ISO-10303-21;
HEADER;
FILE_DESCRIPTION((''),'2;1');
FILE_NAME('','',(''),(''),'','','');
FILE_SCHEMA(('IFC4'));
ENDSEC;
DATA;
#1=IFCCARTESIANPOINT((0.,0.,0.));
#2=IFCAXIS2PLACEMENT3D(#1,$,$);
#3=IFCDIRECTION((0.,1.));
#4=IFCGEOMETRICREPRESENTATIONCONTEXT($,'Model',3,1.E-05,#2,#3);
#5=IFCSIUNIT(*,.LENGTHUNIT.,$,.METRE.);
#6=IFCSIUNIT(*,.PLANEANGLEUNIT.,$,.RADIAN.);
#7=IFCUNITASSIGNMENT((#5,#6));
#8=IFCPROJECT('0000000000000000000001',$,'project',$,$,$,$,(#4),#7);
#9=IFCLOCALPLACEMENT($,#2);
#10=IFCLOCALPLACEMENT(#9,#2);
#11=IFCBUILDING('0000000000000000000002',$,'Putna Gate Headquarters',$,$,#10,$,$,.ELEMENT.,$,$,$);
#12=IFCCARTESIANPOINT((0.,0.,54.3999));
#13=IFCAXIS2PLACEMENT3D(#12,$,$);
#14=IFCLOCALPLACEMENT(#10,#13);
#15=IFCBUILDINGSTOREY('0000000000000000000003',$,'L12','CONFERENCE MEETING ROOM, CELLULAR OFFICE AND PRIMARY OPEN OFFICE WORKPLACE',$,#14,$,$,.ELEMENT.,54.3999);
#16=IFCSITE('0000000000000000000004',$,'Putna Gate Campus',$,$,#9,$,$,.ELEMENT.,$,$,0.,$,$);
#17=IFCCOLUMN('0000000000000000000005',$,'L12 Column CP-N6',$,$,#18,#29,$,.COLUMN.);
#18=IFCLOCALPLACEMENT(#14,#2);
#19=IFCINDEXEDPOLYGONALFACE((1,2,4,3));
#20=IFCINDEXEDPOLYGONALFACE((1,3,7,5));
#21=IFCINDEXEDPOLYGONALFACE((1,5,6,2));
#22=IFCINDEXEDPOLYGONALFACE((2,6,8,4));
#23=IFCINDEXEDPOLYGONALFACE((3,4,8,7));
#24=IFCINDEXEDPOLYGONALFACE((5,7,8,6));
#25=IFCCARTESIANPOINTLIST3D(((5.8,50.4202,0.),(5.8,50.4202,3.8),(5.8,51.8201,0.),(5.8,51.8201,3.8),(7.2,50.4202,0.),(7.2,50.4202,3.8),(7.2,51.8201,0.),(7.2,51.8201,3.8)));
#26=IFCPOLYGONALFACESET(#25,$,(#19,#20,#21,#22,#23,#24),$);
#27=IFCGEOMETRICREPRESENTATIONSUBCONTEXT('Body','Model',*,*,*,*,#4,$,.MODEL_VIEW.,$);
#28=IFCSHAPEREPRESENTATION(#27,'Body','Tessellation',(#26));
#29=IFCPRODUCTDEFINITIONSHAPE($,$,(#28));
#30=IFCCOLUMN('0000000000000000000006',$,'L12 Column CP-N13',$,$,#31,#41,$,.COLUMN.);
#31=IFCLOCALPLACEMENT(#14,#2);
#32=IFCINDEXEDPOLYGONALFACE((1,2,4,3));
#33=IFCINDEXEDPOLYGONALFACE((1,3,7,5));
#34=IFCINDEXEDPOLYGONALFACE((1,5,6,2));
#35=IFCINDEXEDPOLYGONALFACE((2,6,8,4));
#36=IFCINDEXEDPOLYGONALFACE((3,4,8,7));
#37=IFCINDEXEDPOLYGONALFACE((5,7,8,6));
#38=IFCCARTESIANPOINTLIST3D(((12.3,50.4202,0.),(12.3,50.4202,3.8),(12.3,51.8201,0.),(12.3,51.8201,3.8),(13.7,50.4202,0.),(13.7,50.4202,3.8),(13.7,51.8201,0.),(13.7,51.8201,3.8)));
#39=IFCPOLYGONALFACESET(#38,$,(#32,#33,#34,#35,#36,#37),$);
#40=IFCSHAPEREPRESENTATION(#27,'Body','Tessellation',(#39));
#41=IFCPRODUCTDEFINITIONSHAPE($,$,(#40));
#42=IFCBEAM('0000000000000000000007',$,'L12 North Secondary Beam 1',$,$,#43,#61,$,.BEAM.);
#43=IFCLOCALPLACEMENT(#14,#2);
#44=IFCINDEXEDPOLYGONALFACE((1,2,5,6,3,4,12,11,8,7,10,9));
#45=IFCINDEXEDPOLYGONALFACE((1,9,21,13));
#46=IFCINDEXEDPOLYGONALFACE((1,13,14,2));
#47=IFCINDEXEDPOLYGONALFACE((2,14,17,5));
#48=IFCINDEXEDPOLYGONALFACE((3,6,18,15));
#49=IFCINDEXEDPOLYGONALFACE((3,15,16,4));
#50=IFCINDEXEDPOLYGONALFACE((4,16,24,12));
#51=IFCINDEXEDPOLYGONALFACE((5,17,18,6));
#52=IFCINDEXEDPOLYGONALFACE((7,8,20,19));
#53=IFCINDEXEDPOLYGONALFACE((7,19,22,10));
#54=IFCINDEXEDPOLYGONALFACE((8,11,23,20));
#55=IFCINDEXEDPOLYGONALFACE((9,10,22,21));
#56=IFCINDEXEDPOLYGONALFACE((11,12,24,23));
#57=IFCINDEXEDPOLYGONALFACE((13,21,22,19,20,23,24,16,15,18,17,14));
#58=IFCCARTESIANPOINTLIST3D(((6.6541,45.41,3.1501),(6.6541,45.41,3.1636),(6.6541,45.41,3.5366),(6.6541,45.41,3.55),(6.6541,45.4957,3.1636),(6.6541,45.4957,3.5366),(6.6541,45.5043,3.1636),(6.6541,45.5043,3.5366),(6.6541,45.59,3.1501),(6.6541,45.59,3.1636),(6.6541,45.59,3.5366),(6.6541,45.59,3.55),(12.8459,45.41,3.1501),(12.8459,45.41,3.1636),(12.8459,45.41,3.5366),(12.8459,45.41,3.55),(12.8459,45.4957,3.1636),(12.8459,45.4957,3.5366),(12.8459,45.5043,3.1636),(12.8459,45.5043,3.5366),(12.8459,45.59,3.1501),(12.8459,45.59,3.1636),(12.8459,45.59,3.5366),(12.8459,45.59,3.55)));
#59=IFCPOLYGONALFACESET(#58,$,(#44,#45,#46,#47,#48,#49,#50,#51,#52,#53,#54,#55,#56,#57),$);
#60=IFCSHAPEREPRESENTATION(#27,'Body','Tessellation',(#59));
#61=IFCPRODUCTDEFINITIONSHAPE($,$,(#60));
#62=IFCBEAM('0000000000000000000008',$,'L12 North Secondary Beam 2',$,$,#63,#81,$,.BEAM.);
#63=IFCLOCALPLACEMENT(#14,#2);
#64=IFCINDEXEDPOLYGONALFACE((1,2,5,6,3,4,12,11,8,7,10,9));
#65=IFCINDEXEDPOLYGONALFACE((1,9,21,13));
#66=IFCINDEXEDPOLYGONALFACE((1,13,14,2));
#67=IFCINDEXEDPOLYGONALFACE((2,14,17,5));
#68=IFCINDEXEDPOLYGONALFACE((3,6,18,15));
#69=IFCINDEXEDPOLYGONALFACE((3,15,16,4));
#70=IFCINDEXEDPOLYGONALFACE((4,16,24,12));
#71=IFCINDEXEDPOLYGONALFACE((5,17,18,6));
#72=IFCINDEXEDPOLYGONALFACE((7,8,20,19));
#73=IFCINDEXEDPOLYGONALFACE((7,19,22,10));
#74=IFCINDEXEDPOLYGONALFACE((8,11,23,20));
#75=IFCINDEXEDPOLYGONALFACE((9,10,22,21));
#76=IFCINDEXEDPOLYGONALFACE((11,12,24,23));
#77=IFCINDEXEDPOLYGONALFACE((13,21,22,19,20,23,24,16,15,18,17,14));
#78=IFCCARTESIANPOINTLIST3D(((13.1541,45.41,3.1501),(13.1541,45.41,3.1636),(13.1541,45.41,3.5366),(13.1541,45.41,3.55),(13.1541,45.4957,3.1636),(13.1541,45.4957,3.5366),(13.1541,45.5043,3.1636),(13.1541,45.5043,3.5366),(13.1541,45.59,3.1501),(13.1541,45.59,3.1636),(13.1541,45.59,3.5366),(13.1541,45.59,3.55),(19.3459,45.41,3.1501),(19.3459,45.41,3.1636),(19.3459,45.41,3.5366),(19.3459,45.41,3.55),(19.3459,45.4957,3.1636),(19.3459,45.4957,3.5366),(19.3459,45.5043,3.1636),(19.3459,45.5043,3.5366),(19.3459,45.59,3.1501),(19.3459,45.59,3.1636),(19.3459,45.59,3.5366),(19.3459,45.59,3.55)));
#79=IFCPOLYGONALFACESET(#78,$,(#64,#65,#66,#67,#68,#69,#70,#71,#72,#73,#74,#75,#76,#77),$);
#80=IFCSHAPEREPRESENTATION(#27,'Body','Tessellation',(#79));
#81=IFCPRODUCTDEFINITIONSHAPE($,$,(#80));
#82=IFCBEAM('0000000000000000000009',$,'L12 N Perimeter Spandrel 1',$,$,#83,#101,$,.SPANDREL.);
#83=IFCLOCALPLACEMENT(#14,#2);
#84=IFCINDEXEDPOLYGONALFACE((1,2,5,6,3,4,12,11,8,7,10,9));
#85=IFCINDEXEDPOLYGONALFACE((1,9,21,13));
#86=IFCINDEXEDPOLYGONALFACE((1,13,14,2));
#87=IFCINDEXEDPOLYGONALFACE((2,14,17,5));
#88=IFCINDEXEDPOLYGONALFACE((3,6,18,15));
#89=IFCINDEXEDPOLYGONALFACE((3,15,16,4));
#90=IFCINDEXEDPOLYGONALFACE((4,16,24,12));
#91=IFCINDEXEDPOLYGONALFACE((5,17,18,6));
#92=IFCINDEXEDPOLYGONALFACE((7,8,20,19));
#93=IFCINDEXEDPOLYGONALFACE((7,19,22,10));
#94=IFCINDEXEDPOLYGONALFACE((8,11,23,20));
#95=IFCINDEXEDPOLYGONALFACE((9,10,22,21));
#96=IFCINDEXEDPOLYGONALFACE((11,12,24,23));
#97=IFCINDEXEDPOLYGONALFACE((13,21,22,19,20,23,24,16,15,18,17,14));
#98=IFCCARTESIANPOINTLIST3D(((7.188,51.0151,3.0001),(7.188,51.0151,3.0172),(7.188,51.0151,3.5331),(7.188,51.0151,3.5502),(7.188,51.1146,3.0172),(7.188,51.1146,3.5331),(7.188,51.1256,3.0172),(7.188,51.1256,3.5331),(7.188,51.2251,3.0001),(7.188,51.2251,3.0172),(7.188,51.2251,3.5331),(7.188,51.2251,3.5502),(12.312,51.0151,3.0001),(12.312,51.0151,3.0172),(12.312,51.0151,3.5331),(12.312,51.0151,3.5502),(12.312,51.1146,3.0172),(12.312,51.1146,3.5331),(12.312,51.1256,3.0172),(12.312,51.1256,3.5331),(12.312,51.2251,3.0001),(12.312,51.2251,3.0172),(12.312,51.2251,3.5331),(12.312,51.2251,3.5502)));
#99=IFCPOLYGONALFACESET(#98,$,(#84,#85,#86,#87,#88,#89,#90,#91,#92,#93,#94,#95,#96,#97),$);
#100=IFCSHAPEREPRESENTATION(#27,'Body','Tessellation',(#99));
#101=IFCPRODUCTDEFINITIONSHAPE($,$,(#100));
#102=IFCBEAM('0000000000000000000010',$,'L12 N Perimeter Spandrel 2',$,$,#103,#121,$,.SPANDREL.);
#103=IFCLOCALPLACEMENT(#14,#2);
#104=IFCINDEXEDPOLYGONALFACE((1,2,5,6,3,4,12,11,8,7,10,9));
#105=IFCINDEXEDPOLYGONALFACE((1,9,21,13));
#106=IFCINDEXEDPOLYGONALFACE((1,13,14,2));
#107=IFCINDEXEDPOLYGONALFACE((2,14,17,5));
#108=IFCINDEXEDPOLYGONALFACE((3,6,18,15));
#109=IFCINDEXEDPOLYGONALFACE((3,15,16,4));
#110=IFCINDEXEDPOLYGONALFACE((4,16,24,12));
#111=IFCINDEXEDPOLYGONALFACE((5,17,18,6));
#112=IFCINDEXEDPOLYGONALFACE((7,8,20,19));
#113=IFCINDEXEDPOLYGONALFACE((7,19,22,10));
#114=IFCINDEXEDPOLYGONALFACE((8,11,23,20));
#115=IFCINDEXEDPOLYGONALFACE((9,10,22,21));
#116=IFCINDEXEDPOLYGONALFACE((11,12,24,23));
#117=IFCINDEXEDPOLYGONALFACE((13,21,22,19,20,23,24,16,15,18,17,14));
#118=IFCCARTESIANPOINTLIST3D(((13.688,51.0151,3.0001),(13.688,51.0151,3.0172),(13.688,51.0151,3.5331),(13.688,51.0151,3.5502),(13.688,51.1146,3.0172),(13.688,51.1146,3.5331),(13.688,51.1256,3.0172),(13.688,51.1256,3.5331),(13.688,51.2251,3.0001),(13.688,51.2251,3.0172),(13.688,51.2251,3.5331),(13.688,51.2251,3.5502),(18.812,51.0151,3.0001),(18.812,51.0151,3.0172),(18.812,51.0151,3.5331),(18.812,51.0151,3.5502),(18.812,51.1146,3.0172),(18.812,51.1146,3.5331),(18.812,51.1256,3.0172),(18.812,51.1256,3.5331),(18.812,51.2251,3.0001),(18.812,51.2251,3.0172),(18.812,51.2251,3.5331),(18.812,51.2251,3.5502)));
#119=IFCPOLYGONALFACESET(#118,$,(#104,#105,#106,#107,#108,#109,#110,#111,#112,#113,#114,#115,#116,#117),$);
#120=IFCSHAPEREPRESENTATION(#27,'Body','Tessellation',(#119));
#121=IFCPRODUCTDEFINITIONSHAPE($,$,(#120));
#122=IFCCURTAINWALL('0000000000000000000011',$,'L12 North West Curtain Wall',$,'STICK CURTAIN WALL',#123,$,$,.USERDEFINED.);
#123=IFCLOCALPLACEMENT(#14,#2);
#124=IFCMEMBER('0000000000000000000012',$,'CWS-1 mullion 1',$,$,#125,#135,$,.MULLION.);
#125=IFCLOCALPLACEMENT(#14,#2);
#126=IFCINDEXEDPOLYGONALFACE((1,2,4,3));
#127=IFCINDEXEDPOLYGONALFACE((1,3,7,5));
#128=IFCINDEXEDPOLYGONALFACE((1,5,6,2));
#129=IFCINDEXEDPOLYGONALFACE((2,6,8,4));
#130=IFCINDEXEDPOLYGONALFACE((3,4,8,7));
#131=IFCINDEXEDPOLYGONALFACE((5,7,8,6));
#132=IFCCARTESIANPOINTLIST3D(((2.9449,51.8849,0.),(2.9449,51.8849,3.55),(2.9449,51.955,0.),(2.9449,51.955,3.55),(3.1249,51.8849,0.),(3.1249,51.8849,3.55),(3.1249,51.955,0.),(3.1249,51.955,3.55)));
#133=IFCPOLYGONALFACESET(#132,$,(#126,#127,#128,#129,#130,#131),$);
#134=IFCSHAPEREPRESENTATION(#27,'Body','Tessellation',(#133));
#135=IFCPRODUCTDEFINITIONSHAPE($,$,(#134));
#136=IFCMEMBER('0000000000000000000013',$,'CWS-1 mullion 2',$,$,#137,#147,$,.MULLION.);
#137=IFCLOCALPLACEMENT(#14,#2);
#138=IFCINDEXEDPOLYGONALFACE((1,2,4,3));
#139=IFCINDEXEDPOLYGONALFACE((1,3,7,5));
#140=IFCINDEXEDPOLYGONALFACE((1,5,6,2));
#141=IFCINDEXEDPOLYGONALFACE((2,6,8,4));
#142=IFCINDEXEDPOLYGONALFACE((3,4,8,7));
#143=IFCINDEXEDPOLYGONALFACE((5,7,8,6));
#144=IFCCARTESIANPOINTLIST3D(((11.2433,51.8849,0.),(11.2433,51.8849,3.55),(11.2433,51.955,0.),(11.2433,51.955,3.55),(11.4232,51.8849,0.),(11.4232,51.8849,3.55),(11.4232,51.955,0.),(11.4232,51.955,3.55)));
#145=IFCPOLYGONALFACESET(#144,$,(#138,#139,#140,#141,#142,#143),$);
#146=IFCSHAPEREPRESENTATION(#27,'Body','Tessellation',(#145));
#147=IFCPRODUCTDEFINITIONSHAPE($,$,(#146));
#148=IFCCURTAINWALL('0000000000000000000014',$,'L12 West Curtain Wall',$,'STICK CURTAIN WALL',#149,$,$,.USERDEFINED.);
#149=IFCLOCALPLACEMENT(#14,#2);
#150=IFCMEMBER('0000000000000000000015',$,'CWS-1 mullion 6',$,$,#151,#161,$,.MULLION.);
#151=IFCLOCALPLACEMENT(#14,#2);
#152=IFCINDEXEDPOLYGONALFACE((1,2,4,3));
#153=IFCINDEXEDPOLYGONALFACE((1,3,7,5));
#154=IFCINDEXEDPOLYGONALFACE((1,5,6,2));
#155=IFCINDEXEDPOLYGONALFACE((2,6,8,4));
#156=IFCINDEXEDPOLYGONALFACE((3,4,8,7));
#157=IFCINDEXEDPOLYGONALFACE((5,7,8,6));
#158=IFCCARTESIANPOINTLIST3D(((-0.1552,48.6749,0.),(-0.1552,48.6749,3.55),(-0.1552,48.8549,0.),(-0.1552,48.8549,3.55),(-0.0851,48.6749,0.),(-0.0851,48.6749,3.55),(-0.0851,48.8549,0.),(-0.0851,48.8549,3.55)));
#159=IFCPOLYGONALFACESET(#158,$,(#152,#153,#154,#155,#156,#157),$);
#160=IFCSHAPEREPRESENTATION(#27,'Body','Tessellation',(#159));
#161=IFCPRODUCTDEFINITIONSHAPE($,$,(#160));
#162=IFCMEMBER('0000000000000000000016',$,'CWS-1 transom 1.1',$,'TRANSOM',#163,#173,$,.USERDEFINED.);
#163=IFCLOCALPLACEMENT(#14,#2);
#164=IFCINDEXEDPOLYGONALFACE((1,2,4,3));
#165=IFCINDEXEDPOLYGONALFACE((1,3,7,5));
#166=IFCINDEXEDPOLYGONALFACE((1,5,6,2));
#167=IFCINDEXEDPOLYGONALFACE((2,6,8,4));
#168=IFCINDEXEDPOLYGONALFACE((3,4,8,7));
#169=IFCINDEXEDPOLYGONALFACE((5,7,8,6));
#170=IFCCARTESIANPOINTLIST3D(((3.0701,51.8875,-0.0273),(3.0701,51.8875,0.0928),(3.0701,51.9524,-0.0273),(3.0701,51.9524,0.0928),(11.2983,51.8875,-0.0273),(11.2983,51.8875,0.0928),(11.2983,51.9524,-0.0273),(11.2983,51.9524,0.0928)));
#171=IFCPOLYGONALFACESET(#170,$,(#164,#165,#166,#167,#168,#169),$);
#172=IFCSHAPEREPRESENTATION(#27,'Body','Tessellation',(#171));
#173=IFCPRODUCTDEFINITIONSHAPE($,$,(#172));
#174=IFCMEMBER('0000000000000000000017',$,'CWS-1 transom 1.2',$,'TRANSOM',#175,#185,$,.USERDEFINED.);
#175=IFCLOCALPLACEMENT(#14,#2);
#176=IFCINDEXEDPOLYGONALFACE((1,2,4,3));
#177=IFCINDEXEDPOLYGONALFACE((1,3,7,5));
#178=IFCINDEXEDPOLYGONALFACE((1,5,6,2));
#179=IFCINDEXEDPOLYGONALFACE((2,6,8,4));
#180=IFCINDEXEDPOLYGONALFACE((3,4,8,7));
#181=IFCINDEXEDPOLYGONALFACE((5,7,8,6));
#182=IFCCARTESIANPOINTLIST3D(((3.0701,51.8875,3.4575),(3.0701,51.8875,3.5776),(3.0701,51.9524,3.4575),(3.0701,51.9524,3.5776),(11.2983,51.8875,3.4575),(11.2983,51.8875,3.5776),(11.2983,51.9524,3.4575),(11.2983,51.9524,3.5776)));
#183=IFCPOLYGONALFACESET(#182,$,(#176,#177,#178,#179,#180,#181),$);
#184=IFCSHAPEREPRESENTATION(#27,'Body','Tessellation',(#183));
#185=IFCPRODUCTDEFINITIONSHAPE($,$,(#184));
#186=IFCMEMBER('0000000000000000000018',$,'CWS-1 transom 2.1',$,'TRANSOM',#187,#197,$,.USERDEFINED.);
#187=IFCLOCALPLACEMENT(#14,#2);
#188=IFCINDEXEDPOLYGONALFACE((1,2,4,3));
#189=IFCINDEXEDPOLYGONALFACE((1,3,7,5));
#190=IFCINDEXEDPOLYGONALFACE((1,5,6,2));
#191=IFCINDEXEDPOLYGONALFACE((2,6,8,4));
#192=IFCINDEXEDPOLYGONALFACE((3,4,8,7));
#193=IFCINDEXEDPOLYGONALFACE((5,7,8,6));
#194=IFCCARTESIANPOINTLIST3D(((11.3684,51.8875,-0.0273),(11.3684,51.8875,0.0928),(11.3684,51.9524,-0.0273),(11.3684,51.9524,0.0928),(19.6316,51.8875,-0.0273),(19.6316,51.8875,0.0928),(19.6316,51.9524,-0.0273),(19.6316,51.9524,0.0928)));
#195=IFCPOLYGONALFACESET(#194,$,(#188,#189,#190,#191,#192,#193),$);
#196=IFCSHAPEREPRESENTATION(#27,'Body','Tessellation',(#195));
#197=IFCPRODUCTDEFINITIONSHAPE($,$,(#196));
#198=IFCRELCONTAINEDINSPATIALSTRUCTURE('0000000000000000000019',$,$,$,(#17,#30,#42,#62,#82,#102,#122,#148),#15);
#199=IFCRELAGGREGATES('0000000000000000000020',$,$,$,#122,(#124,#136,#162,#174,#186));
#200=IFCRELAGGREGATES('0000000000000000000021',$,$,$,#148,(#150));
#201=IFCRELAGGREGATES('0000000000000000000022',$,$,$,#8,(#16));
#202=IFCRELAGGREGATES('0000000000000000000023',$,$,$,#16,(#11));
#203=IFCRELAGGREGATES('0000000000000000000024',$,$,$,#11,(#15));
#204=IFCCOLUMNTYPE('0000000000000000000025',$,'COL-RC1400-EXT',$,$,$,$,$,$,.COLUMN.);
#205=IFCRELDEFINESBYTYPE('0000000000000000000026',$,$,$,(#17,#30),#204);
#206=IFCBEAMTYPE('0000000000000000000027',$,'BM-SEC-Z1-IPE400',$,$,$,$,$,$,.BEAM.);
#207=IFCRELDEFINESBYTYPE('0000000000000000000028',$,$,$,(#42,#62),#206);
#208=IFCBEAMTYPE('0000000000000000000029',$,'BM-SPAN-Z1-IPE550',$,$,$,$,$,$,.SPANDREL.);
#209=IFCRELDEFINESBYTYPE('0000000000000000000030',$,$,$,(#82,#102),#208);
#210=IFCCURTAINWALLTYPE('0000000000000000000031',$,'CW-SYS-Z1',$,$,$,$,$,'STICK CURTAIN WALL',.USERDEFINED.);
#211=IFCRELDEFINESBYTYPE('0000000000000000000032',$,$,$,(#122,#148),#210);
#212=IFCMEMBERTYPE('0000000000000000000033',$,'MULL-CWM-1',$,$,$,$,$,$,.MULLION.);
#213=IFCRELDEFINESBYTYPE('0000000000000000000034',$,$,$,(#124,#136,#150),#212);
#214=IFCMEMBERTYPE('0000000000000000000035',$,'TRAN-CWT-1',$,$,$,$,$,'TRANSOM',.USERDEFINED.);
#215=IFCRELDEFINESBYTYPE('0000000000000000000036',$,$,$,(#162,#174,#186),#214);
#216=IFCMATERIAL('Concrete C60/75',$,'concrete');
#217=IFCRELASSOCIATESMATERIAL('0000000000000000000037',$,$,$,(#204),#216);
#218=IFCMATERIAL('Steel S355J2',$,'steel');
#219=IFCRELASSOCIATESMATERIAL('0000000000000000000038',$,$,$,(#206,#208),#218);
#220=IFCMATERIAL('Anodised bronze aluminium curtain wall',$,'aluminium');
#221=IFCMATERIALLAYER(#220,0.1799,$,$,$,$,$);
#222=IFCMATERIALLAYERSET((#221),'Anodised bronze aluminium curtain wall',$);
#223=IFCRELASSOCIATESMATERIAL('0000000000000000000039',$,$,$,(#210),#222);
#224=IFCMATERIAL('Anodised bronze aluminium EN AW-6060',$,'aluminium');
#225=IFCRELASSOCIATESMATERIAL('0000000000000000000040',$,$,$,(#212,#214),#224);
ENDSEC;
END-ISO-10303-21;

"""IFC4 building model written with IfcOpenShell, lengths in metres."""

from ifc_helpers import new_model, si_unit, direction, frame, origin, origin_2d, place, context, subcontext, project, spatial, rectangle, i_section, extrude, material, layer, layer_set, material_profile, profile_set, type_object, element, aggregate, save


model = new_model("IFC4")

# Units and contexts
model_context = context("Model", 3, precision=1e-05, world=origin(), true_north=direction((0.0, 1.0)))
body_context = subcontext(model_context, "Body", "Model", "MODEL_VIEW")
ifc_project = project(units=[si_unit("LENGTHUNIT", "METRE"), si_unit("PLANEANGLEUNIT", "RADIAN")], contexts=[model_context])

# Site, building, storey
site_placement = place(None, origin())
site = spatial("IfcSite", under=ifc_project, at=site_placement, Name="Putna Gate Campus", CompositionType="ELEMENT", RefElevation=0.0)
building_placement = place(site_placement, origin())
building = spatial("IfcBuilding", under=site, at=building_placement, Name="Putna Gate Headquarters", CompositionType="ELEMENT")
storey_placement = place(building_placement, frame((0.0, 0.0, 54.3999)))
storey = spatial("IfcBuildingStorey", under=building, at=storey_placement, Name="L12", Description="CONFERENCE MEETING ROOM, CELLULAR OFFICE AND PRIMARY OPEN OFFICE WORKPLACE", CompositionType="ELEMENT", Elevation=54.3999)

# Columns
ifc_material_1 = material(Name="Concrete C60/75", Category="concrete")
ifc_material_profile_1 = material_profile(ifc_material_1, rectangle(XDim=1.3999, YDim=1.3999, at=origin_2d()), Name="Concrete C60/75")
ifc_profile_set_1 = profile_set([ifc_material_profile_1], Name="Concrete C60/75")
column_type = type_object("IfcColumnType", Name="COL-RC1400-EXT", PredefinedType="COLUMN", material=ifc_profile_set_1)
for number, where, z_axis, x_axis, name in (
    (1, (6.5, 51.1201, 0.0), (0.0, 0.0, 1.0), (1.0, 0.0, 0.0), "L12 Column CP-N6"),
    (2, (13.0, 51.1201, 0.0), (0.0, 0.0, 1.0), (1.0, 0.0, 0.0), "L12 Column CP-N13"),
):
    element("IfcColumn", number, at=place(storey_placement, frame(where, z_axis=z_axis, x_axis=x_axis)), inside=storey, type_object=column_type, Name=name, PredefinedType="COLUMN", context=body_context, shape_type="SweptSolid", body=[
        extrude(rectangle(XDim=1.3999, YDim=1.3999, at=origin_2d()), origin(), (0.0, 0.0, 1.0), 3.8),
    ])

# Beams
ifc_material_2 = material(Name="Steel S355J2", Category="steel")
ifc_material_profile_2 = material_profile(ifc_material_2, i_section(OverallWidth=0.1799, OverallDepth=0.3999, WebThickness=0.0085, FlangeThickness=0.0134, at=origin_2d()), Name="Steel S355J2")
ifc_profile_set_2 = profile_set([ifc_material_profile_2], Name="Steel S355J2")
beam_type_1 = type_object("IfcBeamType", Name="BM-SEC-Z1-IPE400", PredefinedType="BEAM", material=ifc_profile_set_2)
for number, where, z_axis, x_axis, name in (
    (3, (6.6541, 45.5, 3.3501), (1.0, 0.0, 0.0), (0.0, 1.0, 0.0), "L12 North Secondary Beam 1"),
    (4, (13.1541, 45.5, 3.3501), (1.0, 0.0, 0.0), (0.0, 1.0, 0.0), "L12 North Secondary Beam 2"),
):
    element("IfcBeam", number, at=place(storey_placement, frame(where, z_axis=z_axis, x_axis=x_axis)), inside=storey, type_object=beam_type_1, Name=name, PredefinedType="BEAM", context=body_context, shape_type="SweptSolid", body=[
        extrude(i_section(OverallWidth=0.1799, OverallDepth=0.3999, WebThickness=0.0085, FlangeThickness=0.0134, at=origin_2d()), origin(), (0.0, 0.0, 1.0), 6.1919),
    ])
ifc_material_profile_3 = material_profile(ifc_material_2, i_section(OverallWidth=0.21, OverallDepth=0.55, WebThickness=0.011, FlangeThickness=0.0171, at=origin_2d()), Name="Steel S355J2")
ifc_profile_set_3 = profile_set([ifc_material_profile_3], Name="Steel S355J2")
beam_type_2 = type_object("IfcBeamType", Name="BM-SPAN-Z1-IPE550", PredefinedType="SPANDREL", material=ifc_profile_set_3)
for number, where, z_axis, x_axis, name in (
    (5, (7.188, 51.1201, 3.2751), (1.0, 0.0, 0.0), (0.0, 1.0, 0.0), "L12 N Perimeter Spandrel 1"),
    (6, (13.688, 51.1201, 3.2751), (1.0, 0.0, 0.0), (0.0, 1.0, 0.0), "L12 N Perimeter Spandrel 2"),
):
    element("IfcBeam", number, at=place(storey_placement, frame(where, z_axis=z_axis, x_axis=x_axis)), inside=storey, type_object=beam_type_2, Name=name, PredefinedType="SPANDREL", context=body_context, shape_type="SweptSolid", body=[
        extrude(i_section(OverallWidth=0.21, OverallDepth=0.55, WebThickness=0.011, FlangeThickness=0.0171, at=origin_2d()), origin(), (0.0, 0.0, 1.0), 5.124),
    ])

# Curtain wall, members
ifc_material_3 = material(Name="Anodised bronze aluminium curtain wall", Category="aluminium")
ifc_layer_1 = layer(ifc_material_3, 0.1799)
ifc_layer_set_1 = layer_set([ifc_layer_1], Name="Anodised bronze aluminium curtain wall")
curtain_wall_type = type_object("IfcCurtainWallType", Name="CW-SYS-Z1", ElementType="STICK CURTAIN WALL", PredefinedType="USERDEFINED", material=ifc_layer_set_1)
curtain_wall_1_placement = place(storey_placement, origin())
curtain_wall_1 = element("IfcCurtainWall", 7, at=curtain_wall_1_placement, inside=storey, type_object=curtain_wall_type, Name="L12 North West Curtain Wall", ObjectType="STICK CURTAIN WALL", PredefinedType="USERDEFINED")
ifc_material_4 = material(Name="Anodised bronze aluminium EN AW-6060", Category="aluminium")
ifc_material_profile_4 = material_profile(ifc_material_4, rectangle(XDim=0.0701, YDim=0.1799, at=origin_2d()), Name="Anodised bronze aluminium EN AW-6060")
ifc_profile_set_4 = profile_set([ifc_material_profile_4], Name="Anodised bronze aluminium EN AW-6060")
member_type_1 = type_object("IfcMemberType", Name="MULL-CWM-1", PredefinedType="MULLION", material=ifc_profile_set_4)
member_1_placement = place(storey_placement, frame((3.0349, 51.9199, 0.0), z_axis=(0.0, 0.0, 1.0), x_axis=(0.0, 1.0, 0.0)))
member_1 = element("IfcMember", 8, at=member_1_placement, type_object=member_type_1, Name="CWS-1 mullion 1", PredefinedType="MULLION", context=body_context, shape_type="SweptSolid", body=[
    extrude(rectangle(XDim=0.0701, YDim=0.1799, at=origin_2d()), origin(), (0.0, 0.0, 1.0), 3.55),
])
member_2_placement = place(storey_placement, frame((11.3333, 51.9199, 0.0), z_axis=(0.0, 0.0, 1.0), x_axis=(0.0, 1.0, 0.0)))
member_2 = element("IfcMember", 9, at=member_2_placement, type_object=member_type_1, Name="CWS-1 mullion 2", PredefinedType="MULLION", context=body_context, shape_type="SweptSolid", body=[
    extrude(rectangle(XDim=0.0701, YDim=0.1799, at=origin_2d()), origin(), (0.0, 0.0, 1.0), 3.55),
])

# Curtain wall, member
curtain_wall_2_placement = place(storey_placement, origin())
curtain_wall_2 = element("IfcCurtainWall", 10, at=curtain_wall_2_placement, inside=storey, type_object=curtain_wall_type, Name="L12 West Curtain Wall", ObjectType="STICK CURTAIN WALL", PredefinedType="USERDEFINED")
member_3_placement = place(storey_placement, frame((-0.1201, 48.7649, 0.0), z_axis=(0.0, 0.0, 1.0), x_axis=(-1.0, 0.0, 0.0)))
member_3 = element("IfcMember", 11, at=member_3_placement, type_object=member_type_1, Name="CWS-1 mullion 6", PredefinedType="MULLION", context=body_context, shape_type="SweptSolid", body=[
    extrude(rectangle(XDim=0.0701, YDim=0.1799, at=origin_2d()), origin(), (0.0, 0.0, 1.0), 3.55),
])

# Members
ifc_material_profile_5 = material_profile(ifc_material_4, rectangle(XDim=0.0649, YDim=0.1201, at=origin_2d()), Name="Anodised bronze aluminium EN AW-6060")
ifc_profile_set_5 = profile_set([ifc_material_profile_5], Name="Anodised bronze aluminium EN AW-6060")
member_type_2 = type_object("IfcMemberType", Name="TRAN-CWT-1", ElementType="TRANSOM", PredefinedType="USERDEFINED", material=ifc_profile_set_5)
member_4_placement = place(storey_placement, frame((3.0701, 51.9199, 0.0327), z_axis=(1.0, 0.0, 0.0), x_axis=(0.0, 1.0, 0.0)))
member_4 = element("IfcMember", 12, at=member_4_placement, type_object=member_type_2, Name="CWS-1 transom 1.1", ObjectType="TRANSOM", PredefinedType="USERDEFINED", context=body_context, shape_type="SweptSolid", body=[
    extrude(rectangle(XDim=0.0649, YDim=0.1201, at=origin_2d()), origin(), (0.0, 0.0, 1.0), 8.2283),
])
member_5_placement = place(storey_placement, frame((3.0701, 51.9199, 3.5176), z_axis=(1.0, 0.0, 0.0), x_axis=(0.0, 1.0, 0.0)))
member_5 = element("IfcMember", 13, at=member_5_placement, type_object=member_type_2, Name="CWS-1 transom 1.2", ObjectType="TRANSOM", PredefinedType="USERDEFINED", context=body_context, shape_type="SweptSolid", body=[
    extrude(rectangle(XDim=0.0649, YDim=0.1201, at=origin_2d()), origin(), (0.0, 0.0, 1.0), 8.2283),
])
member_6_placement = place(storey_placement, frame((11.3684, 51.9199, 0.0327), z_axis=(1.0, 0.0, 0.0), x_axis=(0.0, 1.0, 0.0)))
member_6 = element("IfcMember", 14, at=member_6_placement, type_object=member_type_2, Name="CWS-1 transom 2.1", ObjectType="TRANSOM", PredefinedType="USERDEFINED", context=body_context, shape_type="SweptSolid", body=[
    extrude(rectangle(XDim=0.0649, YDim=0.1201, at=origin_2d()), origin(), (0.0, 0.0, 1.0), 8.2632),
])

aggregate(curtain_wall_1, [member_1, member_2, member_4, member_5, member_6])
aggregate(curtain_wall_2, [member_3])

save(model, "model.ifc")
